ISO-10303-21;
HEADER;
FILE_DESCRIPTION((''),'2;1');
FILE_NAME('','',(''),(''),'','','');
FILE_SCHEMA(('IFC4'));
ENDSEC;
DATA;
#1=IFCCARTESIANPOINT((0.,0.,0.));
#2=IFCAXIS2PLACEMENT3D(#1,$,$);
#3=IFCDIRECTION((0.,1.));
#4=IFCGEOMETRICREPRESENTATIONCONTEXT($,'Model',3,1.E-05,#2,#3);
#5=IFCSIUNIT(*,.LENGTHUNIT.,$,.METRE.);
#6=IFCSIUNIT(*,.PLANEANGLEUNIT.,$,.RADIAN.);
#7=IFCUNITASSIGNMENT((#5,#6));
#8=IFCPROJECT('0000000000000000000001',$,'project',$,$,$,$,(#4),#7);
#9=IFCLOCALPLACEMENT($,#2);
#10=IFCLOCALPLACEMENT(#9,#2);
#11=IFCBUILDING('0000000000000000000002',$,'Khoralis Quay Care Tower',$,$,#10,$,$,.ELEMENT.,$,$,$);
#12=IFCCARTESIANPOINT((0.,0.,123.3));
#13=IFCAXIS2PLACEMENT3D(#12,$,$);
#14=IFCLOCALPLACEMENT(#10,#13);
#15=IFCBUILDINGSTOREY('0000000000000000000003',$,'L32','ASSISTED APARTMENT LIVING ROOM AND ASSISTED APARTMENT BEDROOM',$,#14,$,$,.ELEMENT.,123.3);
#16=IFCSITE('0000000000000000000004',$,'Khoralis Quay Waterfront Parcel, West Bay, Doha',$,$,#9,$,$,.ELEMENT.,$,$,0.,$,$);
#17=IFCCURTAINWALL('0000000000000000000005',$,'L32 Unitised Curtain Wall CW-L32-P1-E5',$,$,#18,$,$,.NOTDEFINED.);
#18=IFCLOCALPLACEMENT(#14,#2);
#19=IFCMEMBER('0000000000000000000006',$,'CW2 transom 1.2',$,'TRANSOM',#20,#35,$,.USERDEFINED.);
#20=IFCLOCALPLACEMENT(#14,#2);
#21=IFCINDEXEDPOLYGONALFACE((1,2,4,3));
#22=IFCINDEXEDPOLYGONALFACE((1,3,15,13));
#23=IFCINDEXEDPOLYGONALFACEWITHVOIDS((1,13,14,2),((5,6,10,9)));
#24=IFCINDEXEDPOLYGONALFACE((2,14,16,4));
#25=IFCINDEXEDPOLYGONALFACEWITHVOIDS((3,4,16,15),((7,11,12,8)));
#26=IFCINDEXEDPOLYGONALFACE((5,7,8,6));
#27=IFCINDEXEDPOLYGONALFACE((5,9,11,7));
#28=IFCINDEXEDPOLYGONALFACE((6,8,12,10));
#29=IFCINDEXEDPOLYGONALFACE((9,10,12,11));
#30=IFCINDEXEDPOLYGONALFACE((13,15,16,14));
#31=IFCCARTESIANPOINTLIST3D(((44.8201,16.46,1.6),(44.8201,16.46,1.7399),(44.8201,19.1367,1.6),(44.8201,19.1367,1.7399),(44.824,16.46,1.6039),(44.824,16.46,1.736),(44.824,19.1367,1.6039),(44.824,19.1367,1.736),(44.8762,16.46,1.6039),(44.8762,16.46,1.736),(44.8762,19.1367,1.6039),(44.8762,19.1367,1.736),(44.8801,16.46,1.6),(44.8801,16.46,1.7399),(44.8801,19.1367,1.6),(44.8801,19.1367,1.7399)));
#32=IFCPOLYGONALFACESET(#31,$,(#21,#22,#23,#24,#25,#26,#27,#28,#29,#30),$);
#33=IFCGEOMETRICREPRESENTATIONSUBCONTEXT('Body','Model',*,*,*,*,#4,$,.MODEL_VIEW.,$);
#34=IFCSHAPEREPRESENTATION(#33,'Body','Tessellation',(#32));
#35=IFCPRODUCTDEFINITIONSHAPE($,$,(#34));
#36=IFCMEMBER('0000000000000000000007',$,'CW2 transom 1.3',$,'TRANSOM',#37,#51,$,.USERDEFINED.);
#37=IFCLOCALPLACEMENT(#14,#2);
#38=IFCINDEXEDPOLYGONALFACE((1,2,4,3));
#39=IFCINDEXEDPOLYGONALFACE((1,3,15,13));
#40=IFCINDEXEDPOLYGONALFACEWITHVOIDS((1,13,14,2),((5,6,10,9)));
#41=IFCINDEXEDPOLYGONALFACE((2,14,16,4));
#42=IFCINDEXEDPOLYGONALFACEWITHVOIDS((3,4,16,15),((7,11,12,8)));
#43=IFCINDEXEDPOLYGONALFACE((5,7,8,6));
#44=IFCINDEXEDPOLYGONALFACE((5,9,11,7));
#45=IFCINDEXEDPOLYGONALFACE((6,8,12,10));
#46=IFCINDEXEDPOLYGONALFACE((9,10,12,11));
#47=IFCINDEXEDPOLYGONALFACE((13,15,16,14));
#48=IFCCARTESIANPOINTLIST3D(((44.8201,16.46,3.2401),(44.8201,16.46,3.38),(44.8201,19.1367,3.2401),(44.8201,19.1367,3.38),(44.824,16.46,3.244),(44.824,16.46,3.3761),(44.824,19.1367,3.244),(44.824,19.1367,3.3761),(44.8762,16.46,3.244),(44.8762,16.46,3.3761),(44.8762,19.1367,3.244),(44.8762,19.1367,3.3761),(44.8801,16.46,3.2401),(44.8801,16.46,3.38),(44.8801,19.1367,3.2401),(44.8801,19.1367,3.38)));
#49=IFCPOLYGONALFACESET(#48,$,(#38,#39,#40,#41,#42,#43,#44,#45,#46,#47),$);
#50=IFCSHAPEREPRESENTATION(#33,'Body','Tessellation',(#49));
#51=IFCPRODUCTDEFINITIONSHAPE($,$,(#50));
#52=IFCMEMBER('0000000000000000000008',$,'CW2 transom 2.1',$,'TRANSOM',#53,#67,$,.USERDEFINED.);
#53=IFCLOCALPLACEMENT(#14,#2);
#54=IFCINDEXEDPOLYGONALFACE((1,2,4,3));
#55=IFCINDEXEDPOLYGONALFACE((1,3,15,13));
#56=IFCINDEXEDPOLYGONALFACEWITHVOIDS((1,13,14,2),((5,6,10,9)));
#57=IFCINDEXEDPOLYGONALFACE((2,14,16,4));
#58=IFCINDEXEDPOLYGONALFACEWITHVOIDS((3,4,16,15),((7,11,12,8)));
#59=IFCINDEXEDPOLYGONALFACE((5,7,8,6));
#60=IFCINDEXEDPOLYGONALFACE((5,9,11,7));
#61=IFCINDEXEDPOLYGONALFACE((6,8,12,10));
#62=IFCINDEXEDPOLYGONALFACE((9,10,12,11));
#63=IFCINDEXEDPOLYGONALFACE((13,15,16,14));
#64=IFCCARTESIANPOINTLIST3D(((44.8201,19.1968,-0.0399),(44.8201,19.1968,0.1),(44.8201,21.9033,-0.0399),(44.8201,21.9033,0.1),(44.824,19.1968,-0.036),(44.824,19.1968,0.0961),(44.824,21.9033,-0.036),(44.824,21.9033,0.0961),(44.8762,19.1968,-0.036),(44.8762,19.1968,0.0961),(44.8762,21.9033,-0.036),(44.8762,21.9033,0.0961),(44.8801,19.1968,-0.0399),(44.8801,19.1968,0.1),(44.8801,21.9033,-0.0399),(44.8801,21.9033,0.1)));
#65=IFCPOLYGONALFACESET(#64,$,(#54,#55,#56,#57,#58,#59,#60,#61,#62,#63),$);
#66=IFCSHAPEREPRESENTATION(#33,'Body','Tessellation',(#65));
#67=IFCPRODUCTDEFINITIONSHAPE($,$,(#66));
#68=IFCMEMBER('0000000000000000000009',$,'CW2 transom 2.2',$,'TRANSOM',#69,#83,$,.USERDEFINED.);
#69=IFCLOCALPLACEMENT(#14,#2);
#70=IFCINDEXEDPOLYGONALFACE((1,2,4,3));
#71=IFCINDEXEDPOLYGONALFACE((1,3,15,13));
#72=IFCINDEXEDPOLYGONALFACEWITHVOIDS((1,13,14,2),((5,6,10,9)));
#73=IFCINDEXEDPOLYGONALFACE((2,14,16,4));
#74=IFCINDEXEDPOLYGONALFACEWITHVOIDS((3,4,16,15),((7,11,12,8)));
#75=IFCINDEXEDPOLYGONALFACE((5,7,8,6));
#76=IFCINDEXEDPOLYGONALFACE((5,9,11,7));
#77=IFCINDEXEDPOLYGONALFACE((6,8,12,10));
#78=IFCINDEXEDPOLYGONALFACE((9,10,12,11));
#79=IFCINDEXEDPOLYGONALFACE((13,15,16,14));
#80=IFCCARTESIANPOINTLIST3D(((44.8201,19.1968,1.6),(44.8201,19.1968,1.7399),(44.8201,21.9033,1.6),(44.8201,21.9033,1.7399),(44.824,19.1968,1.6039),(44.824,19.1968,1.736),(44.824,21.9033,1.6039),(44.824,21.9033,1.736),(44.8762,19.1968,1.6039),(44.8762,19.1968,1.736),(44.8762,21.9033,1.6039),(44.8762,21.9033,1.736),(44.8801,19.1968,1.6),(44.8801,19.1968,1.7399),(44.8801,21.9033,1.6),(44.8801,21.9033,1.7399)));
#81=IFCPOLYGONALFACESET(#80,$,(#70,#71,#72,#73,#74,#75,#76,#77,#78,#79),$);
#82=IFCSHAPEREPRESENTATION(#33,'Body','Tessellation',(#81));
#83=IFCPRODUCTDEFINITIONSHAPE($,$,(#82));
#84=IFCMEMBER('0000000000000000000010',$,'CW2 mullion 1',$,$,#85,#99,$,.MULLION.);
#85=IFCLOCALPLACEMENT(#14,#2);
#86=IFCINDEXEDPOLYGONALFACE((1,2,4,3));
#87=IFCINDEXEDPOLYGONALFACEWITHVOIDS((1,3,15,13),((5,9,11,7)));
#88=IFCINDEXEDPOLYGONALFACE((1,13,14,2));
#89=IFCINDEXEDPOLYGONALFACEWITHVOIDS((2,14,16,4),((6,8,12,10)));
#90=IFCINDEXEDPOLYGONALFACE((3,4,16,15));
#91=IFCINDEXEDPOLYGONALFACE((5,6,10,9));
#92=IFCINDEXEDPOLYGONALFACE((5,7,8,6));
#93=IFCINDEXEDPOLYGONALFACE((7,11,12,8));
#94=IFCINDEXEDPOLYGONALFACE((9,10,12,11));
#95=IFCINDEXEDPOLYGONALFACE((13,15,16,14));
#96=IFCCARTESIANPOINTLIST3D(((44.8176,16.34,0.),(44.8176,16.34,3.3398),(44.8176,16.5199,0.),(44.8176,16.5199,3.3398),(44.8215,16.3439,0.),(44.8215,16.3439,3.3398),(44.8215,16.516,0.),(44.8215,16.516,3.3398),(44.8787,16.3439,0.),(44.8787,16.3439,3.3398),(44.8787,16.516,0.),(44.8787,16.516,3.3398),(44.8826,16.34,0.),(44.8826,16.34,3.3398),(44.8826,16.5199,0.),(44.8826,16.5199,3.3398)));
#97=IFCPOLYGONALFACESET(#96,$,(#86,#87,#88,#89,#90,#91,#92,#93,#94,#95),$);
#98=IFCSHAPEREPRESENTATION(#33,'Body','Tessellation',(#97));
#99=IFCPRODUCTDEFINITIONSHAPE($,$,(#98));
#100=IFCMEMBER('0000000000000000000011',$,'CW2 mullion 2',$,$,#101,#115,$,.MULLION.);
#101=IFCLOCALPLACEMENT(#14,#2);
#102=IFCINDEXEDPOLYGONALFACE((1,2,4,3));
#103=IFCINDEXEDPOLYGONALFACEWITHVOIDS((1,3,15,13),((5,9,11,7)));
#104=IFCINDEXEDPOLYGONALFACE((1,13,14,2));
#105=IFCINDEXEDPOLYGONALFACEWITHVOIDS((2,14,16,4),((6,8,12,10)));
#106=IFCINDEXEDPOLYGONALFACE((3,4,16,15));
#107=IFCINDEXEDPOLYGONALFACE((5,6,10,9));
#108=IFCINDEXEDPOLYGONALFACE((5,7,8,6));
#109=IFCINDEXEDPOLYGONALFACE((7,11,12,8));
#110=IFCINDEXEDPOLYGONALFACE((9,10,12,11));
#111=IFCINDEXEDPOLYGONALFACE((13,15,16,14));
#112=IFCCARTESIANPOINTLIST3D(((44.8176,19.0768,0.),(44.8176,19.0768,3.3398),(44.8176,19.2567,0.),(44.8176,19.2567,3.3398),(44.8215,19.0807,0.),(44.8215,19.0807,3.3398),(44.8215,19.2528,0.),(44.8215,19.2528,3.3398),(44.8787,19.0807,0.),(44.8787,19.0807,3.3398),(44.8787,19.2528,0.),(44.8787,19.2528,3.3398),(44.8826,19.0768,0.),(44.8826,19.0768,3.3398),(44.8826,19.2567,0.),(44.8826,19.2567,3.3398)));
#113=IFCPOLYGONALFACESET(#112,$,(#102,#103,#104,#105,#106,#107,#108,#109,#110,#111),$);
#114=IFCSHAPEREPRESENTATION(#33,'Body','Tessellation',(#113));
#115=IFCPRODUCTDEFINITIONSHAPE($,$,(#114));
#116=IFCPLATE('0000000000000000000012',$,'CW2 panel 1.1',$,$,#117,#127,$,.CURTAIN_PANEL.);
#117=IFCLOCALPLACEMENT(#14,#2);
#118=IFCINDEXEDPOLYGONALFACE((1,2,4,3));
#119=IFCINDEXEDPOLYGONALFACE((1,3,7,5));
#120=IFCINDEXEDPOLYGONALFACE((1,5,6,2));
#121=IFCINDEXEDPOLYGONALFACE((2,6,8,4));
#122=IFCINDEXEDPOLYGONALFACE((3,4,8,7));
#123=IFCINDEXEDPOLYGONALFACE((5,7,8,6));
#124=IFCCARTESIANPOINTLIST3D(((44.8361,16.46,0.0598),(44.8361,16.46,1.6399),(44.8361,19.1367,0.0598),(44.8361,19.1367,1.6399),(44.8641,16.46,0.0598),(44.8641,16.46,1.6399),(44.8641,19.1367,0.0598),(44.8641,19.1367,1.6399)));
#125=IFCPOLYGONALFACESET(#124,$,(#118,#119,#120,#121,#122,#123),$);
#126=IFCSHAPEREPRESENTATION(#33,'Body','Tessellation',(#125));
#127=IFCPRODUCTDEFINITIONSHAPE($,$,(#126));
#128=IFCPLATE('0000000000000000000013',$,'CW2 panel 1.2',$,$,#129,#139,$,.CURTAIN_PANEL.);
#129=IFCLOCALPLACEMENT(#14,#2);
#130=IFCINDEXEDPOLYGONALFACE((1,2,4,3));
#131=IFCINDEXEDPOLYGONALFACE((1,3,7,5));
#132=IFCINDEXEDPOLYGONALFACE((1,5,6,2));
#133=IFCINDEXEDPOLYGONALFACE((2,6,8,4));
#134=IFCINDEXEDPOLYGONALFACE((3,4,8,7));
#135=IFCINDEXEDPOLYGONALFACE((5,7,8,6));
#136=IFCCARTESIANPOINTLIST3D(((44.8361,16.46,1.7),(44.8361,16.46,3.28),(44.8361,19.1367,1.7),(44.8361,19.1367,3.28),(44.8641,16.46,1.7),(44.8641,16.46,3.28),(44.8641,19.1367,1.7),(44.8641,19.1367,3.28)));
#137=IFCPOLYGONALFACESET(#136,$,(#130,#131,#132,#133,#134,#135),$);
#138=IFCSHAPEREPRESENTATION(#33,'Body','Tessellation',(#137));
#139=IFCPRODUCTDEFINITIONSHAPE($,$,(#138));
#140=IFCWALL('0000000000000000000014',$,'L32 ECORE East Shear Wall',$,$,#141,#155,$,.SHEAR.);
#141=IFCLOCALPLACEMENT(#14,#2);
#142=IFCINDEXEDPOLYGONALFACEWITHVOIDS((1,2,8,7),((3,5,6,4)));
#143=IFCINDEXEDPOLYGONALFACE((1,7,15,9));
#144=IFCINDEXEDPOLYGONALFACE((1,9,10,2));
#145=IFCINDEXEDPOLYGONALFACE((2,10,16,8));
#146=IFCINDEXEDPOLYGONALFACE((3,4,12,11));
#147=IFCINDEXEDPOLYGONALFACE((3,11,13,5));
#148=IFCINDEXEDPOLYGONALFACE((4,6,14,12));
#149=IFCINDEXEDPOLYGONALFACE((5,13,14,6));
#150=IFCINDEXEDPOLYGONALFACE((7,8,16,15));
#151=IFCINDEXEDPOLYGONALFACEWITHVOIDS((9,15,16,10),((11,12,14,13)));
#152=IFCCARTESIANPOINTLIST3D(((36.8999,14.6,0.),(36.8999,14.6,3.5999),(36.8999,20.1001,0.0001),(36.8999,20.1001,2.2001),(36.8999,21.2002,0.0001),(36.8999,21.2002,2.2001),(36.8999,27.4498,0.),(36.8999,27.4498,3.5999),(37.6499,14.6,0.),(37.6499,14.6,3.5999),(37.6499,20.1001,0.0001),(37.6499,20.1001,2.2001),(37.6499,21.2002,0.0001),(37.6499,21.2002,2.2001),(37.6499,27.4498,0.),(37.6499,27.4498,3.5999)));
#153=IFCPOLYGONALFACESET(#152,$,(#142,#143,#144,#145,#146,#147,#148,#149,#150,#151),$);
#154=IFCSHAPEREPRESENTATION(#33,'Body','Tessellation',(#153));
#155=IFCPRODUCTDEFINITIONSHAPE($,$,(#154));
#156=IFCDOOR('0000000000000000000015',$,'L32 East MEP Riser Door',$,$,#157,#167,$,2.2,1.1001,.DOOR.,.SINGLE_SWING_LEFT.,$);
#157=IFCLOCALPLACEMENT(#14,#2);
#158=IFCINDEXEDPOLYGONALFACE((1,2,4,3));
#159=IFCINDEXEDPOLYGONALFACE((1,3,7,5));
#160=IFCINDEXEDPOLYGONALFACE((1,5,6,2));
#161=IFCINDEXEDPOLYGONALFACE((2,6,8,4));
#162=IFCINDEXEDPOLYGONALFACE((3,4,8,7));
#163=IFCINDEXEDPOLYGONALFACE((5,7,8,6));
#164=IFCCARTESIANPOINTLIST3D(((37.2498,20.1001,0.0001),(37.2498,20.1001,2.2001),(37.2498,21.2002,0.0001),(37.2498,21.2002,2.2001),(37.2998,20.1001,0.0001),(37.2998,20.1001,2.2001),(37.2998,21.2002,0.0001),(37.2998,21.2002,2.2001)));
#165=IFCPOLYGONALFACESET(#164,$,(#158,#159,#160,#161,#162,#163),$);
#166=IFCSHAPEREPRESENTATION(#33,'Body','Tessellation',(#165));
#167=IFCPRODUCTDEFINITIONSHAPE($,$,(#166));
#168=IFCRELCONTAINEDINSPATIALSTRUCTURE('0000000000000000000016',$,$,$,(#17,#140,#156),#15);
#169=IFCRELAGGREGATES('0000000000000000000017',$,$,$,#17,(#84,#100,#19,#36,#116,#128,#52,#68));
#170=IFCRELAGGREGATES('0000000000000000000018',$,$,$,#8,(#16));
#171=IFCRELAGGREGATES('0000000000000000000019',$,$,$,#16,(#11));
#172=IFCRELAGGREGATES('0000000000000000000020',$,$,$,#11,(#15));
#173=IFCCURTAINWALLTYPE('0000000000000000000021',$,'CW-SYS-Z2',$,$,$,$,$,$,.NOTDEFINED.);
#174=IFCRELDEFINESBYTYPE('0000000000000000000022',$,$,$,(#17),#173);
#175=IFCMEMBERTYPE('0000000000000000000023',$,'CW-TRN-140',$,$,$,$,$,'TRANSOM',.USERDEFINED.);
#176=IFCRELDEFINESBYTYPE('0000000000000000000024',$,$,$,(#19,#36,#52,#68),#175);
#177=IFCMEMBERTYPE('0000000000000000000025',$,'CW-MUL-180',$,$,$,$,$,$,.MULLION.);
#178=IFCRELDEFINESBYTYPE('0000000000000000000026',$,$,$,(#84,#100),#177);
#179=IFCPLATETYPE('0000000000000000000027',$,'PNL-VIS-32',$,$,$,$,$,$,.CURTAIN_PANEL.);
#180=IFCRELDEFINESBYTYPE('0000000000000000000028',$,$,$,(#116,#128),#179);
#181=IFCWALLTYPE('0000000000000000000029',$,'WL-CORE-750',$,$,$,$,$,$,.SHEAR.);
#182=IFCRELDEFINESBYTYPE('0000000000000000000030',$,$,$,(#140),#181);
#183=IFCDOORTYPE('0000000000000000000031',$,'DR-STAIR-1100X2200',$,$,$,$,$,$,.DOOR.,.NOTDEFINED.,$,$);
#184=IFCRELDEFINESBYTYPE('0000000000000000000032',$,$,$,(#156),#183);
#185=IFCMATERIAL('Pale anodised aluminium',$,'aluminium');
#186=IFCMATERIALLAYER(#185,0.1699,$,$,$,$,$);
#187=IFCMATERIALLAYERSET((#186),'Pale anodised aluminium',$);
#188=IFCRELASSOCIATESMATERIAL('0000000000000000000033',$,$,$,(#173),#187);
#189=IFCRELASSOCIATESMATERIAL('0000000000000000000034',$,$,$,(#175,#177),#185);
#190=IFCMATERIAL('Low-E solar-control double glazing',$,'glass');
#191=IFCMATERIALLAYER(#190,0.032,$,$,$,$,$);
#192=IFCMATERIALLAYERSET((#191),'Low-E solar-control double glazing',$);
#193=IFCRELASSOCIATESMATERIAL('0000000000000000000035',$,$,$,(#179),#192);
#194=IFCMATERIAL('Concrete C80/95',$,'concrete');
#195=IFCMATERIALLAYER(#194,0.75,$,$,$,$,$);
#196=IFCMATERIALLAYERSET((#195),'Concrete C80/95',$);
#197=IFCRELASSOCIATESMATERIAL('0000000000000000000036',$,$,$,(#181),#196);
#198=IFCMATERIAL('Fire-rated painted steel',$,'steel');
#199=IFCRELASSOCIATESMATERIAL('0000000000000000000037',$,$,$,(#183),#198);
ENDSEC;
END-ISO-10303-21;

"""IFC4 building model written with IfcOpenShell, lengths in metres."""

from ifc_helpers import new_model, si_unit, direction, frame, frame_2d, origin, origin_2d, place, context, subcontext, project, spatial, rectangle, hollow_rectangle, extrude, source, transform, mapped, material, layer, layer_set, material_profile, profile_set, type_object, element, fill, aggregate, save


model = new_model("IFC4")

# Units and contexts
model_context = context("Model", 3, precision=1e-05, world=origin(), true_north=direction((0.0, 1.0)))
body_context = subcontext(model_context, "Body", "Model", "MODEL_VIEW")
ifc_project = project(units=[si_unit("LENGTHUNIT", "METRE"), si_unit("PLANEANGLEUNIT", "RADIAN")], contexts=[model_context])

# Site, building, storey
site_placement = place(None, origin())
site = spatial("IfcSite", under=ifc_project, at=site_placement, Name="Khoralis Quay Waterfront Parcel, West Bay, Doha", CompositionType="ELEMENT", RefElevation=0.0)
building_placement = place(site_placement, origin())
building = spatial("IfcBuilding", under=site, at=building_placement, Name="Khoralis Quay Care Tower", CompositionType="ELEMENT")
storey_placement = place(building_placement, frame((0.0, 0.0, 123.3)))
storey = spatial("IfcBuildingStorey", under=building, at=storey_placement, Name="L32", Description="ASSISTED APARTMENT LIVING ROOM AND ASSISTED APARTMENT BEDROOM", CompositionType="ELEMENT", Elevation=123.3)

# Curtain wall, members, plates
ifc_material_1 = material(Name="Pale anodised aluminium", Category="aluminium")
ifc_layer_1 = layer(ifc_material_1, 0.1699)
ifc_layer_set_1 = layer_set([ifc_layer_1], Name="Pale anodised aluminium")
curtain_wall_type = type_object("IfcCurtainWallType", Name="CW-SYS-Z2", PredefinedType="NOTDEFINED", material=ifc_layer_set_1)
curtain_wall_placement = place(storey_placement, origin())
curtain_wall = element("IfcCurtainWall", 1, at=curtain_wall_placement, inside=storey, type_object=curtain_wall_type, Name="L32 Unitised Curtain Wall CW-L32-P1-E5", PredefinedType="NOTDEFINED")
ifc_material_profile_1 = material_profile(ifc_material_1, hollow_rectangle(XDim=0.0601, YDim=0.1399, WallThickness=0.0039, at=origin_2d()), Name="Pale anodised aluminium")
ifc_profile_set_1 = profile_set([ifc_material_profile_1], Name="Pale anodised aluminium")
member_type_1 = type_object("IfcMemberType", Name="CW-TRN-140", ElementType="TRANSOM", PredefinedType="USERDEFINED", material=ifc_profile_set_1)
shared_shape_1 = source(origin(), body_context, "Body", "SweptSolid", [
    extrude(hollow_rectangle(XDim=0.0601, YDim=0.1399, WallThickness=0.0039, at=origin_2d()), origin(), (0.0, 0.0, 1.0), 2.6768),
])
member_1_placement = place(storey_placement, frame((44.8501, 16.46, 1.6699), z_axis=(0.0, 1.0, 0.0), x_axis=(-1.0, 0.0, 0.0)))
member_1 = element("IfcMember", 2, at=member_1_placement, type_object=member_type_1, Name="CW2 transom 1.2", ObjectType="TRANSOM", PredefinedType="USERDEFINED", context=body_context, shape_type="MappedRepresentation", body=[
    mapped(shared_shape_1, transform((0.0, 0.0, 0.0), scale=1.0)),
])
member_2_placement = place(storey_placement, frame((44.8501, 16.46, 3.3101), z_axis=(0.0, 1.0, 0.0), x_axis=(-1.0, 0.0, 0.0)))
member_2 = element("IfcMember", 3, at=member_2_placement, type_object=member_type_1, Name="CW2 transom 1.3", ObjectType="TRANSOM", PredefinedType="USERDEFINED", context=body_context, shape_type="MappedRepresentation", body=[
    mapped(shared_shape_1, transform((0.0, 0.0, 0.0), scale=1.0)),
])
shared_shape_2 = source(origin(), body_context, "Body", "SweptSolid", [
    extrude(hollow_rectangle(XDim=0.0601, YDim=0.1399, WallThickness=0.0039, at=origin_2d()), origin(), (0.0, 0.0, 1.0), 2.7065),
])
member_3_placement = place(storey_placement, frame((44.8501, 19.1968, 0.03), z_axis=(0.0, 1.0, 0.0), x_axis=(-1.0, 0.0, 0.0)))
member_3 = element("IfcMember", 4, at=member_3_placement, type_object=member_type_1, Name="CW2 transom 2.1", ObjectType="TRANSOM", PredefinedType="USERDEFINED", context=body_context, shape_type="MappedRepresentation", body=[
    mapped(shared_shape_2, transform((0.0, 0.0, 0.0), scale=1.0)),
])
member_4_placement = place(storey_placement, frame((44.8501, 19.1968, 1.6699), z_axis=(0.0, 1.0, 0.0), x_axis=(-1.0, 0.0, 0.0)))
member_4 = element("IfcMember", 5, at=member_4_placement, type_object=member_type_1, Name="CW2 transom 2.2", ObjectType="TRANSOM", PredefinedType="USERDEFINED", context=body_context, shape_type="MappedRepresentation", body=[
    mapped(shared_shape_2, transform((0.0, 0.0, 0.0), scale=1.0)),
])
ifc_material_profile_2 = material_profile(ifc_material_1, hollow_rectangle(XDim=0.0649, YDim=0.1799, WallThickness=0.0039, at=origin_2d()), Name="Pale anodised aluminium")
ifc_profile_set_2 = profile_set([ifc_material_profile_2], Name="Pale anodised aluminium")
member_type_2 = type_object("IfcMemberType", Name="CW-MUL-180", PredefinedType="MULLION", material=ifc_profile_set_2)
shared_shape_3 = source(origin(), body_context, "Body", "SweptSolid", [
    extrude(hollow_rectangle(XDim=0.0649, YDim=0.1799, WallThickness=0.0039, at=origin_2d()), origin(), (0.0, 0.0, 1.0), 3.3398),
])
member_5_placement = place(storey_placement, frame((44.8501, 16.4299, 0.0), z_axis=(0.0, 0.0, 1.0), x_axis=(-1.0, 0.0, 0.0)))
member_5 = element("IfcMember", 6, at=member_5_placement, type_object=member_type_2, Name="CW2 mullion 1", PredefinedType="MULLION", context=body_context, shape_type="MappedRepresentation", body=[
    mapped(shared_shape_3, transform((0.0, 0.0, 0.0), scale=1.0)),
])
member_6_placement = place(storey_placement, frame((44.8501, 19.1667, 0.0), z_axis=(0.0, 0.0, 1.0), x_axis=(-1.0, 0.0, 0.0)))
member_6 = element("IfcMember", 7, at=member_6_placement, type_object=member_type_2, Name="CW2 mullion 2", PredefinedType="MULLION", context=body_context, shape_type="MappedRepresentation", body=[
    mapped(shared_shape_3, transform((0.0, 0.0, 0.0), scale=1.0)),
])
ifc_material_2 = material(Name="Low-E solar-control double glazing", Category="glass")
ifc_layer_2 = layer(ifc_material_2, 0.032)
ifc_layer_set_2 = layer_set([ifc_layer_2], Name="Low-E solar-control double glazing")
plate_type = type_object("IfcPlateType", Name="PNL-VIS-32", PredefinedType="CURTAIN_PANEL", material=ifc_layer_set_2)
shared_shape_4 = source(origin(), body_context, "Body", "SweptSolid", [
    extrude(rectangle(XDim=2.6768, YDim=0.0281, at=origin_2d()), origin(), (0.0, 0.0, 1.0), 1.5801),
])
plate_1_placement = place(storey_placement, frame((44.8501, 17.7983, 0.0598), z_axis=(0.0, 0.0, 1.0), x_axis=(0.0, 1.0, 0.0)))
plate_1 = element("IfcPlate", 8, at=plate_1_placement, type_object=plate_type, Name="CW2 panel 1.1", PredefinedType="CURTAIN_PANEL", context=body_context, shape_type="MappedRepresentation", body=[
    mapped(shared_shape_4, transform((0.0, 0.0, 0.0), scale=1.0)),
])
plate_2_placement = place(storey_placement, frame((44.8501, 17.7983, 1.7), z_axis=(0.0, 0.0, 1.0), x_axis=(0.0, 1.0, 0.0)))
plate_2 = element("IfcPlate", 9, at=plate_2_placement, type_object=plate_type, Name="CW2 panel 1.2", PredefinedType="CURTAIN_PANEL", context=body_context, shape_type="MappedRepresentation", body=[
    mapped(shared_shape_4, transform((0.0, 0.0, 0.0), scale=1.0)),
])
aggregate(curtain_wall, [member_5, member_6, member_1, member_2, plate_1, plate_2, member_3, member_4])

# Wall, opening, door
ifc_material_3 = material(Name="Concrete C80/95", Category="concrete")
ifc_layer_3 = layer(ifc_material_3, 0.75)
ifc_layer_set_3 = layer_set([ifc_layer_3], Name="Concrete C80/95")
wall_type_1 = type_object("IfcWallType", Name="WL-CORE-750", PredefinedType="SHEAR", material=ifc_layer_set_3)
wall_1_placement = place(storey_placement, frame((37.2749, 14.6001, 0.0), z_axis=(0.0, 0.0, 1.0), x_axis=(0.0, 1.0, 0.0)))
wall_1 = element("IfcWall", 10, at=wall_1_placement, inside=storey, type_object=wall_type_1, Name="L32 ECORE East Shear Wall", PredefinedType="SHEAR", context=body_context, shape_type="SweptSolid", body=[
    extrude(rectangle(XDim=12.8499, YDim=0.75, at=frame_2d((6.4248, 0.0))), origin(), (0.0, 0.0, 1.0), 3.5999),
])
opening_placement = place(wall_1_placement, frame((5.5, 0.0, 0.0)))
opening = element("IfcOpeningElement", 11, at=opening_placement, cuts=wall_1, PredefinedType="OPENING", context=body_context, shape_type="SweptSolid", body=[
    extrude(rectangle(XDim=1.1001, YDim=2.2, at=frame_2d((0.55, 1.1001))), frame((0.0, 0.385, 0.0), z_axis=(0.0, -1.0, 0.0), x_axis=(1.0, 0.0, 0.0)), (0.0, 0.0, 1.0), 0.77),
])
ifc_material_4 = material(Name="Fire-rated painted steel", Category="steel")
door_type = type_object("IfcDoorType", Name="DR-STAIR-1100X2200", OperationType="NOTDEFINED", PredefinedType="DOOR", material=ifc_material_4)
shared_shape_5 = source(origin(), body_context, "Body", "SweptSolid", [
    extrude(rectangle(XDim=1.1001, YDim=2.2, at=frame_2d((0.55, 1.1001))), frame((0.0, 0.0249, 0.0), z_axis=(0.0, -1.0, 0.0), x_axis=(1.0, 0.0, 0.0)), (0.0, 0.0, 1.0), 0.05),
])
door_placement = place(opening_placement, frame((1.1001, 0.0, 0.0), z_axis=(0.0, 0.0, 1.0), x_axis=(-1.0, 0.0, 0.0)))
door = element("IfcDoor", 12, at=door_placement, inside=storey, type_object=door_type, Name="L32 East MEP Riser Door", OperationType="SINGLE_SWING_LEFT", OverallHeight=2.2, OverallWidth=1.1001, PredefinedType="DOOR", context=body_context, shape_type="MappedRepresentation", body=[
    mapped(shared_shape_5, transform((0.0, 0.0, 0.0), scale=1.0)),
])
fill(opening, door)

save(model, "model.ifc")
